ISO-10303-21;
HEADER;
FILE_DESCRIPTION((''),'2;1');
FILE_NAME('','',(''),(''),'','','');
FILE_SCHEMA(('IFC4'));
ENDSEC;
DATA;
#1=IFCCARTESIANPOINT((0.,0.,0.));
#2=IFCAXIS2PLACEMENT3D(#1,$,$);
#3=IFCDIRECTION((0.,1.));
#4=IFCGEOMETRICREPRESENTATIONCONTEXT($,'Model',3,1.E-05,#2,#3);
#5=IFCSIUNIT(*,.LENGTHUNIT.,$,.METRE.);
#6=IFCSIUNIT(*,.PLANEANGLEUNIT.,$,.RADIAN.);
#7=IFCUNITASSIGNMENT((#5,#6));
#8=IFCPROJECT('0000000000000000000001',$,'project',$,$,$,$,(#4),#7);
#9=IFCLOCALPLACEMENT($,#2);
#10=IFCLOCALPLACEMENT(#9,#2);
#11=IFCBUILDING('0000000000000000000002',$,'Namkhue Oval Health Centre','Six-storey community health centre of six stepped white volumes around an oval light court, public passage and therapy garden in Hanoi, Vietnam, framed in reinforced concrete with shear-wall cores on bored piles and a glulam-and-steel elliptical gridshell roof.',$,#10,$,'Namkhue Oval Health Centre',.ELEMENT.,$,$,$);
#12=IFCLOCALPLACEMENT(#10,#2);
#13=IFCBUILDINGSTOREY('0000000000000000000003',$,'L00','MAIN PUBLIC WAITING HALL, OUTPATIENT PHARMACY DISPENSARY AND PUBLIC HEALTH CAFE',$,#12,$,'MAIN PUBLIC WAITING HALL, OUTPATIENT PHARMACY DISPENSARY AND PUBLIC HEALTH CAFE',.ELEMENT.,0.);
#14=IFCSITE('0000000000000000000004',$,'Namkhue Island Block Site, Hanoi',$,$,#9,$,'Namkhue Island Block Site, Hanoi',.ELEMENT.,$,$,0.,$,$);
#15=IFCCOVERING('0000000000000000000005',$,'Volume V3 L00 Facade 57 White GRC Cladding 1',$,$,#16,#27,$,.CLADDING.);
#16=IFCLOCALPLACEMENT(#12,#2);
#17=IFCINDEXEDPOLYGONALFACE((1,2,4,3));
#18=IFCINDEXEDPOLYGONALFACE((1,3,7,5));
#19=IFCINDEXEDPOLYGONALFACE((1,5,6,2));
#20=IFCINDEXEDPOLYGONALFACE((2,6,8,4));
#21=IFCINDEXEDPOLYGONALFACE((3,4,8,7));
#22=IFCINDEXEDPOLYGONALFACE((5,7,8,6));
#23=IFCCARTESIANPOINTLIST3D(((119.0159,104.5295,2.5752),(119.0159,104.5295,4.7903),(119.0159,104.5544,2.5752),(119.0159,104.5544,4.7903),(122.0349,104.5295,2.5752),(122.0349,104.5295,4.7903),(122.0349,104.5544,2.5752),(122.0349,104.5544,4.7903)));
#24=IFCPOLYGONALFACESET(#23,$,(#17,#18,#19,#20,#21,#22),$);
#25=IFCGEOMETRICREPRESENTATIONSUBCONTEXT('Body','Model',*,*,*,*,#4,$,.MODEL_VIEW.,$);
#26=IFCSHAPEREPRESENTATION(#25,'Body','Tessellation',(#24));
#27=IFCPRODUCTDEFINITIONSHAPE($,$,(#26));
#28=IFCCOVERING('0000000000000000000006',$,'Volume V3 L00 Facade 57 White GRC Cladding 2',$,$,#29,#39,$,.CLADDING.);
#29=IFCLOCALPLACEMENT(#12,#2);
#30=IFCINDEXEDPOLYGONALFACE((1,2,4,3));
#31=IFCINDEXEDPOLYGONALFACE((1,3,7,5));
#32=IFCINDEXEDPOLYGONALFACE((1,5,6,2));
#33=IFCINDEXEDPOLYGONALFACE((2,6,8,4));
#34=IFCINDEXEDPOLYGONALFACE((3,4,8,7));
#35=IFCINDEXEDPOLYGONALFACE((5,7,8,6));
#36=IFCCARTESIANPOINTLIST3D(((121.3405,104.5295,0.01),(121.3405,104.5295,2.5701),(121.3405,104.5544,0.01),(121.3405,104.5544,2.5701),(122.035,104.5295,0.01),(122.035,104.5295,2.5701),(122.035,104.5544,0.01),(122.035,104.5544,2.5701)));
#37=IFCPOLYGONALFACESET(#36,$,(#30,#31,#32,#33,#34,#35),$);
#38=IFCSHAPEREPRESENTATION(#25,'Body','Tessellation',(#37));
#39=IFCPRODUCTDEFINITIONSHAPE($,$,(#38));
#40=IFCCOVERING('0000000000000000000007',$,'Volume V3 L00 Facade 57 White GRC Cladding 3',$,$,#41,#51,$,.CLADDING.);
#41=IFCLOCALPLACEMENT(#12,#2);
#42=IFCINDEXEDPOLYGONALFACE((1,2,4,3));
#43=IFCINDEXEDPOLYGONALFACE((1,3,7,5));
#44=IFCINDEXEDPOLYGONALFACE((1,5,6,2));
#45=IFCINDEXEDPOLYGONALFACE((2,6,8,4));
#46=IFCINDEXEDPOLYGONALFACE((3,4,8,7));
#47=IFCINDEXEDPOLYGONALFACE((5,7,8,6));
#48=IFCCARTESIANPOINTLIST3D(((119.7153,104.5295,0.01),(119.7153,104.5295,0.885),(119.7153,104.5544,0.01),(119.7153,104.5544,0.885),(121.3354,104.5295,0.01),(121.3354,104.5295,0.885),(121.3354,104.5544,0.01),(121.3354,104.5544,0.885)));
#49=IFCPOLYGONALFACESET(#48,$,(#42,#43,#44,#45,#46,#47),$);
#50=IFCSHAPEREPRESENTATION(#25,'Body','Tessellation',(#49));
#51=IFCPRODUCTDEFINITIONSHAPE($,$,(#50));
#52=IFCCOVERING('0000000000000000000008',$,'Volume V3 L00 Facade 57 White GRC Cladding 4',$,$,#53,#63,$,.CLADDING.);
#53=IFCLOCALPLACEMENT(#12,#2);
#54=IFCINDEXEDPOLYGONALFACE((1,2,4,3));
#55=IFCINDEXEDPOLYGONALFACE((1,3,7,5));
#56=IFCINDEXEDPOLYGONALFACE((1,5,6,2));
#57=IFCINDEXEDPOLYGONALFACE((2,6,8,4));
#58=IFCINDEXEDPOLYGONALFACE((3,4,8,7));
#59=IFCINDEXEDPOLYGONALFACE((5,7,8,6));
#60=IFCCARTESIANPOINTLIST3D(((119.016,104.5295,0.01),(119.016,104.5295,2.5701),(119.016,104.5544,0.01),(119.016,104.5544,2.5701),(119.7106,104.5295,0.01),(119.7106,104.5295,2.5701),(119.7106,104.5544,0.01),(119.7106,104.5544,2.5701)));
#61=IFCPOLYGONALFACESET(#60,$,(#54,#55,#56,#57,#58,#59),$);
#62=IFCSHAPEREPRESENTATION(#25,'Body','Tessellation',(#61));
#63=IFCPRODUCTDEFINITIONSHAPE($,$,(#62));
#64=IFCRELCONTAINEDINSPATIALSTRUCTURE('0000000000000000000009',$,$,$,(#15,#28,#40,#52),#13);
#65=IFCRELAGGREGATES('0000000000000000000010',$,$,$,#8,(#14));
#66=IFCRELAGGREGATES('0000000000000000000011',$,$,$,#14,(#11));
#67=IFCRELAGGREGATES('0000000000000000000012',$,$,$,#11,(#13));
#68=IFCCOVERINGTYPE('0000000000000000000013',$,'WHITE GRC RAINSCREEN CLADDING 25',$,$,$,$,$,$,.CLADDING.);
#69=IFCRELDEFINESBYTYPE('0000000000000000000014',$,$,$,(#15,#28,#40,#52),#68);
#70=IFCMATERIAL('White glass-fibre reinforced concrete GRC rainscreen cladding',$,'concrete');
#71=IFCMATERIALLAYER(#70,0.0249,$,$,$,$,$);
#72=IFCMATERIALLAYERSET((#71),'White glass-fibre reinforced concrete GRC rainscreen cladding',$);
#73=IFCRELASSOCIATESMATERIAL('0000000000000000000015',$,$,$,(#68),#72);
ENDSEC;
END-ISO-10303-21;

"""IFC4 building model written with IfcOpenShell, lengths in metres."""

from ifc_helpers import new_model, si_unit, direction, frame, origin, origin_2d, place, context, subcontext, project, spatial, rectangle, extrude, material, layer, layer_set, type_object, element, save


model = new_model("IFC4")

# Units and contexts
model_context = context("Model", 3, precision=1e-05, world=origin(), true_north=direction((0.0, 1.0)))
body_context = subcontext(model_context, "Body", "Model", "MODEL_VIEW")
ifc_project = project(units=[si_unit("LENGTHUNIT", "METRE"), si_unit("PLANEANGLEUNIT", "RADIAN")], contexts=[model_context])

# Site, building, storey
site_placement = place(None, origin())
site = spatial("IfcSite", under=ifc_project, at=site_placement, Name="Namkhue Island Block Site, Hanoi", LongName="Namkhue Island Block Site, Hanoi", CompositionType="ELEMENT", RefElevation=0.0)
building_placement = place(site_placement, origin())
building = spatial("IfcBuilding", under=site, at=building_placement, Name="Namkhue Oval Health Centre", Description="Six-storey community health centre of six stepped white volumes around an oval light court, public passage and therapy garden in Hanoi, Vietnam, framed in reinforced concrete with shear-wall cores on bored piles and a glulam-and-steel elliptical gridshell roof.", LongName="Namkhue Oval Health Centre", CompositionType="ELEMENT")
storey_placement = place(building_placement, origin())
storey = spatial("IfcBuildingStorey", under=building, at=storey_placement, Name="L00", Description="MAIN PUBLIC WAITING HALL, OUTPATIENT PHARMACY DISPENSARY AND PUBLIC HEALTH CAFE", LongName="MAIN PUBLIC WAITING HALL, OUTPATIENT PHARMACY DISPENSARY AND PUBLIC HEALTH CAFE", CompositionType="ELEMENT", Elevation=0.0)

# Coverings
ifc_material_1 = material(Name="White glass-fibre reinforced concrete GRC rainscreen cladding", Category="concrete")
ifc_layer_1 = layer(ifc_material_1, 0.0249)
ifc_layer_set_1 = layer_set([ifc_layer_1], Name="White glass-fibre reinforced concrete GRC rainscreen cladding")
covering_type = type_object("IfcCoveringType", Name="WHITE GRC RAINSCREEN CLADDING 25", PredefinedType="CLADDING", material=ifc_layer_set_1)
covering_1_placement = place(storey_placement, frame((120.5254, 104.542, 2.5752), z_axis=(0.0, 0.0, 1.0), x_axis=(-1.0, 0.0, 0.0)))
element("IfcCovering", 1, at=covering_1_placement, inside=storey, type_object=covering_type, Name="Volume V3 L00 Facade 57 White GRC Cladding 1", PredefinedType="CLADDING", context=body_context, shape_type="SweptSolid", body=[
    extrude(rectangle(XDim=3.019, YDim=0.0249, at=origin_2d()), origin(), (0.0, 0.0, 1.0), 2.2151),
])
covering_2_placement = place(storey_placement, frame((121.6877, 104.542, 0.01), z_axis=(0.0, 0.0, 1.0), x_axis=(-1.0, 0.0, 0.0)))
element("IfcCovering", 2, at=covering_2_placement, inside=storey, type_object=covering_type, Name="Volume V3 L00 Facade 57 White GRC Cladding 2", PredefinedType="CLADDING", context=body_context, shape_type="SweptSolid", body=[
    extrude(rectangle(XDim=0.6946, YDim=0.0249, at=origin_2d()), origin(), (0.0, 0.0, 1.0), 2.5601),
])
covering_3_placement = place(storey_placement, frame((120.5254, 104.542, 0.01), z_axis=(0.0, 0.0, 1.0), x_axis=(-1.0, 0.0, 0.0)))
element("IfcCovering", 3, at=covering_3_placement, inside=storey, type_object=covering_type, Name="Volume V3 L00 Facade 57 White GRC Cladding 3", PredefinedType="CLADDING", context=body_context, shape_type="SweptSolid", body=[
    extrude(rectangle(XDim=1.6201, YDim=0.0249, at=origin_2d()), origin(), (0.0, 0.0, 1.0), 0.875),
])
covering_4_placement = place(storey_placement, frame((119.3633, 104.542, 0.01), z_axis=(0.0, 0.0, 1.0), x_axis=(-1.0, 0.0, 0.0)))
element("IfcCovering", 4, at=covering_4_placement, inside=storey, type_object=covering_type, Name="Volume V3 L00 Facade 57 White GRC Cladding 4", PredefinedType="CLADDING", context=body_context, shape_type="SweptSolid", body=[
    extrude(rectangle(XDim=0.6946, YDim=0.0249, at=origin_2d()), origin(), (0.0, 0.0, 1.0), 2.5601),
])

save(model, "model.ifc")
